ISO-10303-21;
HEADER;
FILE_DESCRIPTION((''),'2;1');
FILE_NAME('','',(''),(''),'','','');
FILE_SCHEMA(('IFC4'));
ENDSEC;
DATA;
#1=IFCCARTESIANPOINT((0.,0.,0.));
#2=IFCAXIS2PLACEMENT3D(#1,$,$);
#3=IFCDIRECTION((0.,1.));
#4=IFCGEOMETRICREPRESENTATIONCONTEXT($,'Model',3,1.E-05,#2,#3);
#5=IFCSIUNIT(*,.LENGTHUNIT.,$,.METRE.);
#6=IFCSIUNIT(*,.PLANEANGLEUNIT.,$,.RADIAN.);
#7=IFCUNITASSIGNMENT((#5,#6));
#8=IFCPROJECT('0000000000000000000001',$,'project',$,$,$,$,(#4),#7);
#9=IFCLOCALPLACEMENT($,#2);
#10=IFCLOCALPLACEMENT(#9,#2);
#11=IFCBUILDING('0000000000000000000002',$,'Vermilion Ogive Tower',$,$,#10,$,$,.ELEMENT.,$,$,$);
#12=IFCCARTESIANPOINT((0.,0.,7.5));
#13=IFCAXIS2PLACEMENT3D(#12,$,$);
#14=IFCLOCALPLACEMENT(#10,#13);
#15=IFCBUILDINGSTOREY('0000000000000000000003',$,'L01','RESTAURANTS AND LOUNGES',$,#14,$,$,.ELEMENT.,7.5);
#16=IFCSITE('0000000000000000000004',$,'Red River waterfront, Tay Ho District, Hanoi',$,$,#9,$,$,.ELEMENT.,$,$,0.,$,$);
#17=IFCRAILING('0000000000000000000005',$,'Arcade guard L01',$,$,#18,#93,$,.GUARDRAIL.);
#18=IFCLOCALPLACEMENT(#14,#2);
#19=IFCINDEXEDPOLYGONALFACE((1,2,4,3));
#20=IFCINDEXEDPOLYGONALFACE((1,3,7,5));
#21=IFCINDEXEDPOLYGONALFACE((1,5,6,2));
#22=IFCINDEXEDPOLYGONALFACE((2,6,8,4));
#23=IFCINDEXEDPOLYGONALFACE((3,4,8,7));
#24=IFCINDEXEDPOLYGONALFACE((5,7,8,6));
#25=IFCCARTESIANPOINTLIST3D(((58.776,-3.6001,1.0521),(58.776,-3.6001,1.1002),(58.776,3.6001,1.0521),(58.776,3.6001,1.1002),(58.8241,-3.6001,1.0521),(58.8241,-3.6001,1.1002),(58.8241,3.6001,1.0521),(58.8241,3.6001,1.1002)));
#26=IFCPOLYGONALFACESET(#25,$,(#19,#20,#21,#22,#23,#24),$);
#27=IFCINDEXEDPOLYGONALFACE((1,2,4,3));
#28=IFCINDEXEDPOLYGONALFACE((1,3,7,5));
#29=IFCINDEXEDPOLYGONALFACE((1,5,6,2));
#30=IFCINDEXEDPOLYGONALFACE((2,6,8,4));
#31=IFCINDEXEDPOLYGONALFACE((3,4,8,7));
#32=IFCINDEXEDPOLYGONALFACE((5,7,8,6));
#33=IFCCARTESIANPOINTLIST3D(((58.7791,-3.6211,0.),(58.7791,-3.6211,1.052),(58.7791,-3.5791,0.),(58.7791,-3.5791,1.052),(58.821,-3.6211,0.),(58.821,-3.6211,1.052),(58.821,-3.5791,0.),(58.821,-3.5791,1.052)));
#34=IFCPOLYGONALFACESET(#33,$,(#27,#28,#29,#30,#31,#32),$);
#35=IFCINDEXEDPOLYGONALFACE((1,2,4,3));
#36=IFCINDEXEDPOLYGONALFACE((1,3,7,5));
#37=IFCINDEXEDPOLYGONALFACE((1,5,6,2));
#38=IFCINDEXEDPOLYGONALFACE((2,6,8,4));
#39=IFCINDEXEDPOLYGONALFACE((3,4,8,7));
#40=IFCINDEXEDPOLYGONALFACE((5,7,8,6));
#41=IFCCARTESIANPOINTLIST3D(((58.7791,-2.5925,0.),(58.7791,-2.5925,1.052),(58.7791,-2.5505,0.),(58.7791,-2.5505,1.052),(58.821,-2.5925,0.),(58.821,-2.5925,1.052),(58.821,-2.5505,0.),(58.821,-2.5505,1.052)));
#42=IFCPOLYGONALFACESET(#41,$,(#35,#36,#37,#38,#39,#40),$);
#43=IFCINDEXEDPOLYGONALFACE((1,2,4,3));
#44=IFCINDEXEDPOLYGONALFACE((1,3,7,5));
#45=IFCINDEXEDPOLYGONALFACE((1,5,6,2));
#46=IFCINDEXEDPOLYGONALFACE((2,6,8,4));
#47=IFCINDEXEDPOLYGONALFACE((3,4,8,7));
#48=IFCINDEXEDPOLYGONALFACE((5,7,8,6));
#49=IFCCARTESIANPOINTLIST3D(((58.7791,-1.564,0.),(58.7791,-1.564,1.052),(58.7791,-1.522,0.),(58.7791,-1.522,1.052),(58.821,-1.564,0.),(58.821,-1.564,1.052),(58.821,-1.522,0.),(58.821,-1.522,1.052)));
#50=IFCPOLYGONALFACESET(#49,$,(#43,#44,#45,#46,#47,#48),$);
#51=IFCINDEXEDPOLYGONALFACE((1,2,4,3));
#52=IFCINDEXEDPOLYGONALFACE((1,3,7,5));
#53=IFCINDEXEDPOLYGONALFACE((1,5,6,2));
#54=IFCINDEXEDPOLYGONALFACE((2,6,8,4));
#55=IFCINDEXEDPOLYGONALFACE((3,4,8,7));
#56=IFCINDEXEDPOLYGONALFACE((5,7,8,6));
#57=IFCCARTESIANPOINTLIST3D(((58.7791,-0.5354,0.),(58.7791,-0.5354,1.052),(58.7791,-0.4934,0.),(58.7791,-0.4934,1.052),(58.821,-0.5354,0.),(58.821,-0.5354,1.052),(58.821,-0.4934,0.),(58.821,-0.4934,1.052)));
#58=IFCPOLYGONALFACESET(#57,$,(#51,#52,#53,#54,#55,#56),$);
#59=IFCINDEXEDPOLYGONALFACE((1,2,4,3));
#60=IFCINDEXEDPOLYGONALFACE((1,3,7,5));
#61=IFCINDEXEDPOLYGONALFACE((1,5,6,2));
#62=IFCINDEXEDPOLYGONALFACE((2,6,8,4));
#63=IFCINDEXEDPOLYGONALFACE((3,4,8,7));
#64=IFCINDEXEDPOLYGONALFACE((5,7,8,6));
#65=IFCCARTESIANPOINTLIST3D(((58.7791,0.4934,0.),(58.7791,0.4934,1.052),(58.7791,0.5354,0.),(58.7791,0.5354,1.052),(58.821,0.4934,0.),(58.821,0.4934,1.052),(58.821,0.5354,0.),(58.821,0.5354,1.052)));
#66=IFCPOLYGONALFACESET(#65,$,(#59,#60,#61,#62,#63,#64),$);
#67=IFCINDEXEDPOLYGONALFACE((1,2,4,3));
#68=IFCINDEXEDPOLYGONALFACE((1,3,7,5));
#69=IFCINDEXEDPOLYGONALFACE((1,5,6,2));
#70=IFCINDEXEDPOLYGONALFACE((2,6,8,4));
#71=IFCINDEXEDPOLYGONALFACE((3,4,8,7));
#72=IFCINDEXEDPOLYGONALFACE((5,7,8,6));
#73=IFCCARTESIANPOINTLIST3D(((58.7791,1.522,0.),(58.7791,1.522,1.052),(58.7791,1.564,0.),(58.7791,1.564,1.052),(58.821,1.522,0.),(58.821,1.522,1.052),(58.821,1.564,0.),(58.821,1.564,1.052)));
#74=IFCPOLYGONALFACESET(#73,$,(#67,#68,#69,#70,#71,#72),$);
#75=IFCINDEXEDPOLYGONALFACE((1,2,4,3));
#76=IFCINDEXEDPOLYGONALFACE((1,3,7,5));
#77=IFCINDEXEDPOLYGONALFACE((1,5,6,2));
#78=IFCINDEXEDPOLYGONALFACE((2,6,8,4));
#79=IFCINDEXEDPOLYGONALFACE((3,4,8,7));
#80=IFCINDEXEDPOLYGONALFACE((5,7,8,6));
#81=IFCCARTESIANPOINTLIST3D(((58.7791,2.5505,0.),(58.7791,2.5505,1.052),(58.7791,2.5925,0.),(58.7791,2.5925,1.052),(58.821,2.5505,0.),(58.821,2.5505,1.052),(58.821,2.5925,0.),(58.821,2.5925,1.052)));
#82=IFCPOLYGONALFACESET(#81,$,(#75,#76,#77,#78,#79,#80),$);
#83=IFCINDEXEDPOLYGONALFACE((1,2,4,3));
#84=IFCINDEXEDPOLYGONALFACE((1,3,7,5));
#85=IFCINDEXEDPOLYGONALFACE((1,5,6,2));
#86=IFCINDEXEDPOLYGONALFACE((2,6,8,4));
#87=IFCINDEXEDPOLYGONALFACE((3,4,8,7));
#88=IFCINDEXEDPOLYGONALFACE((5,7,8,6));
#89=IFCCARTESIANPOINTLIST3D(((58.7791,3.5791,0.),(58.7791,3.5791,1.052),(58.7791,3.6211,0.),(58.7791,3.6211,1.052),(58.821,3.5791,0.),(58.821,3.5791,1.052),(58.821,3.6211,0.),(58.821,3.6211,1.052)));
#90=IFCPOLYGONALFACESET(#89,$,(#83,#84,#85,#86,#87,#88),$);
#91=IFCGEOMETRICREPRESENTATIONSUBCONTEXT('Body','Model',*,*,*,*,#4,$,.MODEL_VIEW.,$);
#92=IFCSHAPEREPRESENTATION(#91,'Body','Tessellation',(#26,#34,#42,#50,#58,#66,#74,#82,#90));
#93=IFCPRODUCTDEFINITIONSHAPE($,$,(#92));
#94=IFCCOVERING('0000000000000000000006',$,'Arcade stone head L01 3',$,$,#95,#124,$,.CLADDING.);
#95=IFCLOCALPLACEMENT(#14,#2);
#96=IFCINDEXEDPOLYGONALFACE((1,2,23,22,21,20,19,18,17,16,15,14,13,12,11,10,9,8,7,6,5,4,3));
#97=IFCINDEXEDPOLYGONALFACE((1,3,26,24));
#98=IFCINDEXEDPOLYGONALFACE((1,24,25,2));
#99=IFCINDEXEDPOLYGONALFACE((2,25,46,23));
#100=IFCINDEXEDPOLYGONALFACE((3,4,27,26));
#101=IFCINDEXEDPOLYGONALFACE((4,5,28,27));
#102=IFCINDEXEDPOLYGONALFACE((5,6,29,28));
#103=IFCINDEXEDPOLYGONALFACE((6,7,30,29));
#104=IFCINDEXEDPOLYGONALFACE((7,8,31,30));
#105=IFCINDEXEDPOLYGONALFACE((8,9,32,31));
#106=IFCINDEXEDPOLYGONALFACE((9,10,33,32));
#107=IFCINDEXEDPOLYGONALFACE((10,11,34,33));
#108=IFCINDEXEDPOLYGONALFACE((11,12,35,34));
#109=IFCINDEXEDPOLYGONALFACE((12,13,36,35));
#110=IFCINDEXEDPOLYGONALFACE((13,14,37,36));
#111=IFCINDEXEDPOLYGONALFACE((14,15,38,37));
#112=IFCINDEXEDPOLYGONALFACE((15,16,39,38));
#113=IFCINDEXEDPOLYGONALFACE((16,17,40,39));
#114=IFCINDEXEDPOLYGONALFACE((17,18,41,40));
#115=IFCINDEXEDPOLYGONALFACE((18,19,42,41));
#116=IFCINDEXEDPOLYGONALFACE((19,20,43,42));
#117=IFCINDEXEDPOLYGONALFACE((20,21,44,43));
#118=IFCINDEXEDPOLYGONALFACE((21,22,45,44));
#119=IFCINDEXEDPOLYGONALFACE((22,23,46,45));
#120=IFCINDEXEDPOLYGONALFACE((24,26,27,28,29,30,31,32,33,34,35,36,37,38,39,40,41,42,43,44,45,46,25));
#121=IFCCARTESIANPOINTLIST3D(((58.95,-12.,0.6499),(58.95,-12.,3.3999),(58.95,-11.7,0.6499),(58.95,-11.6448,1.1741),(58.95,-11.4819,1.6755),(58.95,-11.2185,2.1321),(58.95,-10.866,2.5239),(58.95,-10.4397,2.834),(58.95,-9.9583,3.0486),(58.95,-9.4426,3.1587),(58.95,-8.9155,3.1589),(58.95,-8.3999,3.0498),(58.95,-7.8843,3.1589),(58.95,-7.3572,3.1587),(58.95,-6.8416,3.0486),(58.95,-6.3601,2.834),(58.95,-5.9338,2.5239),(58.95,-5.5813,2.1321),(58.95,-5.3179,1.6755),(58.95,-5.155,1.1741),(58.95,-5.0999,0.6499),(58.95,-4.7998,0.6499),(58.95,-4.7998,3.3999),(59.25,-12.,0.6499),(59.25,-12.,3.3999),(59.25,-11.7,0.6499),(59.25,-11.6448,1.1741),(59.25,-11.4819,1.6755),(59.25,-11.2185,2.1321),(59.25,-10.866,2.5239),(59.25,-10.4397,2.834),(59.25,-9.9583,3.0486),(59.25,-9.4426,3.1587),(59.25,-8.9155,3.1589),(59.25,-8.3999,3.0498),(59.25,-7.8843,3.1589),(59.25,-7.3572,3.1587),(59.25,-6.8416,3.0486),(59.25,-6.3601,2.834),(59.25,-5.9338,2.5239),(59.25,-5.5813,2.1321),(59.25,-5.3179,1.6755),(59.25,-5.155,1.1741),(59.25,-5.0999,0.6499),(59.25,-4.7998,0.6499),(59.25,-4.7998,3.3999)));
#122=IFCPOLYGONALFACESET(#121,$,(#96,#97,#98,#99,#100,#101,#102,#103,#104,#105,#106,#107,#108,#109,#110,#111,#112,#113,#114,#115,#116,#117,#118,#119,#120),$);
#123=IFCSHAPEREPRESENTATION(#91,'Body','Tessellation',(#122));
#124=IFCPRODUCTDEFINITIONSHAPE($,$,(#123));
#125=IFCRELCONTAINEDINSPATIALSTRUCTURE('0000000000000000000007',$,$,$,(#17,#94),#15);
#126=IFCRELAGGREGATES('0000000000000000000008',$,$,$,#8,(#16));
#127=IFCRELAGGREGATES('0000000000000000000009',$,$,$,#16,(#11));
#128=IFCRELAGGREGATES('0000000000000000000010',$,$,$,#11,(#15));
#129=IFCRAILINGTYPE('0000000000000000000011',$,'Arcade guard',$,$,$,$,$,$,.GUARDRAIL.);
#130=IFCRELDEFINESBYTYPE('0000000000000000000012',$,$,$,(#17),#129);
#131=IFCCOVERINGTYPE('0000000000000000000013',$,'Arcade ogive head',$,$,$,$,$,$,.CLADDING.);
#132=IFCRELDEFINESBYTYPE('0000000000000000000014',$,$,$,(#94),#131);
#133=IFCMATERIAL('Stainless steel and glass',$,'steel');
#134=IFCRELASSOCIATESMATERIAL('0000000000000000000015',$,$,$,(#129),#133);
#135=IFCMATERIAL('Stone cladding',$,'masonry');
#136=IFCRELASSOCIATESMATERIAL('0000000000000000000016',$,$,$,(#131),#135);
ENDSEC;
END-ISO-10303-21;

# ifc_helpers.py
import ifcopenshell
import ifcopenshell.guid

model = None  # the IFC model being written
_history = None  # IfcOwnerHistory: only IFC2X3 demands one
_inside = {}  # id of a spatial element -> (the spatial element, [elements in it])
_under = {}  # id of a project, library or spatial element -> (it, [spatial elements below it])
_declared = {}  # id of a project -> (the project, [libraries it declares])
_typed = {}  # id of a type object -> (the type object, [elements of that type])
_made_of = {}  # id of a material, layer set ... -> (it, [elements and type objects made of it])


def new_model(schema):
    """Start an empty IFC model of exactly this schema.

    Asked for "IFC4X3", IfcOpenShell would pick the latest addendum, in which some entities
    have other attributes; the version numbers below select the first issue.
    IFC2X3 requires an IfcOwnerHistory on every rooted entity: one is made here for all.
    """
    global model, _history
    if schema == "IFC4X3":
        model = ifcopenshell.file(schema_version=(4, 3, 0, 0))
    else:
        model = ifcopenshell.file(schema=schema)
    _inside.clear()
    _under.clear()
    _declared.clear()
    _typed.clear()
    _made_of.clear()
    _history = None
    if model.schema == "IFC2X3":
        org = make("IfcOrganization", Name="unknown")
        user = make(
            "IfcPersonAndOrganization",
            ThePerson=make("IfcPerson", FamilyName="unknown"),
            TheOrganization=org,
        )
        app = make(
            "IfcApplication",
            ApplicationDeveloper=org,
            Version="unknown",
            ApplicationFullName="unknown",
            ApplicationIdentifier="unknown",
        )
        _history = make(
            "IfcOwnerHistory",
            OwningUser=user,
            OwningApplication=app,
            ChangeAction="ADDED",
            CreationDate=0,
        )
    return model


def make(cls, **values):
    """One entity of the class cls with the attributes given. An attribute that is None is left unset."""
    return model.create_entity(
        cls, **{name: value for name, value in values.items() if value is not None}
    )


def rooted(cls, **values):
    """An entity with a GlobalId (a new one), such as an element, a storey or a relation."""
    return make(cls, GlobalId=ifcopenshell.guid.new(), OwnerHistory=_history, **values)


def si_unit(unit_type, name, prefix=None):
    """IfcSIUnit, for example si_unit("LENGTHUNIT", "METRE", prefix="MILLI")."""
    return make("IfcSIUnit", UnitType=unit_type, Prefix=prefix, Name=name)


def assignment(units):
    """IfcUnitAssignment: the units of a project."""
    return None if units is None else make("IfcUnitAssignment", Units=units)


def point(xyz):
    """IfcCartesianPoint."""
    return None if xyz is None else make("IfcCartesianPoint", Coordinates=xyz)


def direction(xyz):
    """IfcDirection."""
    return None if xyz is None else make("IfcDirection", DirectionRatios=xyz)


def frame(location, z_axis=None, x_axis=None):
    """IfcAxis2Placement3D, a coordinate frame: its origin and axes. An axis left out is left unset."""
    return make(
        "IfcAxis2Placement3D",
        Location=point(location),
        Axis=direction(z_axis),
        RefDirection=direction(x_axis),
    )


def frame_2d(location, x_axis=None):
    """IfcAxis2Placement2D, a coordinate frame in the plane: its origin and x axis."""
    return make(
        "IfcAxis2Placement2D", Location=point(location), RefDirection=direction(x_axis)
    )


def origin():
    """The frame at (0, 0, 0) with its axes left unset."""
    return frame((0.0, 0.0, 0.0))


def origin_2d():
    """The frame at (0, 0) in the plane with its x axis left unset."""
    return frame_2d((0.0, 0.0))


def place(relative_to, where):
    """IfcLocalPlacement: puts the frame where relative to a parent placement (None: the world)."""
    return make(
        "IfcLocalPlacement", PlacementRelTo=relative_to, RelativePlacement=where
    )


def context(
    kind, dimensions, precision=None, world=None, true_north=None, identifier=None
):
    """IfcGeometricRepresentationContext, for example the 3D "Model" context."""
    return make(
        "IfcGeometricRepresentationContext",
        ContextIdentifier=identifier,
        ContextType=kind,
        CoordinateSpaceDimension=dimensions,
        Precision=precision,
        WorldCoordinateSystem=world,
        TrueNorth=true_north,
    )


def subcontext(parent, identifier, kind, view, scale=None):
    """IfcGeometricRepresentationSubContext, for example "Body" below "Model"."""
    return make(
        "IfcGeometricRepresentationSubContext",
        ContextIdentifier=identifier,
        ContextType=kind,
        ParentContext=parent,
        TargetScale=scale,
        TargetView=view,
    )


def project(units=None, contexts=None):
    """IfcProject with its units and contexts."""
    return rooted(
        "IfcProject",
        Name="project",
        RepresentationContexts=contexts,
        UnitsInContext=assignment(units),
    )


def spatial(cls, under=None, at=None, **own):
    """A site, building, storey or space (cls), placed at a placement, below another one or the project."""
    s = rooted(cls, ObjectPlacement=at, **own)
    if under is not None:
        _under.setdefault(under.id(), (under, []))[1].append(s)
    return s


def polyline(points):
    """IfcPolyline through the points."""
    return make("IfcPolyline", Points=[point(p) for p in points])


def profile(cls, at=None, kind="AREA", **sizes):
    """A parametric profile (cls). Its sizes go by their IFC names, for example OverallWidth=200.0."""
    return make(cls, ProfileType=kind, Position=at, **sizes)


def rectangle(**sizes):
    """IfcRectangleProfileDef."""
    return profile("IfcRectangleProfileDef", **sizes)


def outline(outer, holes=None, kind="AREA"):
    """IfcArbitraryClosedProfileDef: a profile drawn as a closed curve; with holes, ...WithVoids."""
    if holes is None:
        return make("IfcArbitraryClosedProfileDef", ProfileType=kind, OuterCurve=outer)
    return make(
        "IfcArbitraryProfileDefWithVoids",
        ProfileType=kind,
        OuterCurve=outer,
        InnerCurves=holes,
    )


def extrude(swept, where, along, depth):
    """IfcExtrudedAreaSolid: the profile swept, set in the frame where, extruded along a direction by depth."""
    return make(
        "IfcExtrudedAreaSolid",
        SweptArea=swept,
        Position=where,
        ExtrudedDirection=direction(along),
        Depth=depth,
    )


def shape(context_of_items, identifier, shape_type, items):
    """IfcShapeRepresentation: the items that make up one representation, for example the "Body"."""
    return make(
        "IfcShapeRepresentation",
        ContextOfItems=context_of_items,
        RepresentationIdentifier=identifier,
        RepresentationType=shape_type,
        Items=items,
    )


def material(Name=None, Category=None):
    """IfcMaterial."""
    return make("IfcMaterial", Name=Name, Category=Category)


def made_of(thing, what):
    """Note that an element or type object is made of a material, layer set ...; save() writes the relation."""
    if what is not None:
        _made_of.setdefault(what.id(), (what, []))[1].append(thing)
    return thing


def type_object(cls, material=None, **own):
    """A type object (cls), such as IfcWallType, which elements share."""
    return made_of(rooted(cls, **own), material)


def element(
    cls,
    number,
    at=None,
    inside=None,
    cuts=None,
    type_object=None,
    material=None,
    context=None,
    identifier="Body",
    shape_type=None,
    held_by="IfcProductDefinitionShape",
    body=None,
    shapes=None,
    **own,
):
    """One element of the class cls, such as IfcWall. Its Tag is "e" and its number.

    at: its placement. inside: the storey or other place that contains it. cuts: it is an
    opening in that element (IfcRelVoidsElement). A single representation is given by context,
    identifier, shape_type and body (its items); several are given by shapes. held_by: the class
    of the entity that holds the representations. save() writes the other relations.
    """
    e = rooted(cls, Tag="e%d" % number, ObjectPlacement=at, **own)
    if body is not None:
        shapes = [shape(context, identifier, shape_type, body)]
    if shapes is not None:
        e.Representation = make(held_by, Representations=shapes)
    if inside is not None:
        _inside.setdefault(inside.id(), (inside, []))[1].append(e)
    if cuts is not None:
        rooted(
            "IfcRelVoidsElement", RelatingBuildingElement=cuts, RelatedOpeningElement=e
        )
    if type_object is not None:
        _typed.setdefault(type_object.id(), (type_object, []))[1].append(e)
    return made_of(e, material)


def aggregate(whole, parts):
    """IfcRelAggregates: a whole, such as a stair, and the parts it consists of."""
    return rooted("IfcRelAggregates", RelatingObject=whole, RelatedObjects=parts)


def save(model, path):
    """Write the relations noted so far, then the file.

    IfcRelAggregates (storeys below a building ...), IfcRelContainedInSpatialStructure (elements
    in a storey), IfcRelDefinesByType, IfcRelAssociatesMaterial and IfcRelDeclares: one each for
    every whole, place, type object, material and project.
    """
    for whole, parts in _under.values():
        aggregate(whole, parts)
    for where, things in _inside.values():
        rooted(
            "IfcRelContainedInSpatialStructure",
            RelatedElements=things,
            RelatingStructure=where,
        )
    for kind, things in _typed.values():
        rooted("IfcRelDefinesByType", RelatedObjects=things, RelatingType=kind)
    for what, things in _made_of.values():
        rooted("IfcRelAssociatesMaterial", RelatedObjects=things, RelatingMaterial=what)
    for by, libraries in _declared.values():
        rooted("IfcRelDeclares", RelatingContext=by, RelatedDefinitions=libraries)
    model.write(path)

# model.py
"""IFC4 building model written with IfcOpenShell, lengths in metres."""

from ifc_helpers import new_model, si_unit, direction, frame, origin, origin_2d, place, context, subcontext, project, spatial, polyline, rectangle, outline, extrude, material, type_object, element, save


model = new_model("IFC4")

# Units and contexts
model_context = context("Model", 3, precision=1e-05, world=origin(), true_north=direction((0.0, 1.0)))
body_context = subcontext(model_context, "Body", "Model", "MODEL_VIEW")
ifc_project = project(units=[si_unit("LENGTHUNIT", "METRE"), si_unit("PLANEANGLEUNIT", "RADIAN")], contexts=[model_context])

# Site, building, storey
site_placement = place(None, origin())
site = spatial("IfcSite", under=ifc_project, at=site_placement, Name="Red River waterfront, Tay Ho District, Hanoi", CompositionType="ELEMENT", RefElevation=0.0)
building_placement = place(site_placement, origin())
building = spatial("IfcBuilding", under=site, at=building_placement, Name="Vermilion Ogive Tower", CompositionType="ELEMENT")
storey_placement = place(building_placement, frame((0.0, 0.0, 7.5)))
storey = spatial("IfcBuildingStorey", under=building, at=storey_placement, Name="L01", Description="RESTAURANTS AND LOUNGES", CompositionType="ELEMENT", Elevation=7.5)

# Railing
ifc_material_1 = material(Name="Stainless steel and glass", Category="steel")
railing_type = type_object("IfcRailingType", Name="Arcade guard", PredefinedType="GUARDRAIL", material=ifc_material_1)
railing_placement = place(storey_placement, frame((58.8, -3.6001, 0.0)))
element("IfcRailing", 1, at=railing_placement, inside=storey, type_object=railing_type, Name="Arcade guard L01", PredefinedType="GUARDRAIL", context=body_context, shape_type="SweptSolid", body=[
    extrude(rectangle(XDim=0.0481, YDim=0.0481, at=origin_2d()), frame((0.0, 0.0, 1.0762), z_axis=(0.0, 1.0, 0.0), x_axis=(-1.0, 0.0, 0.0)), (0.0, 0.0, 1.0), 7.2002),
    extrude(rectangle(XDim=0.042, YDim=0.042, at=origin_2d()), origin(), (0.0, 0.0, 1.0), 1.052),
    extrude(rectangle(XDim=0.042, YDim=0.042, at=origin_2d()), frame((0.0, 1.0286, 0.0)), (0.0, 0.0, 1.0), 1.052),
    extrude(rectangle(XDim=0.042, YDim=0.042, at=origin_2d()), frame((0.0, 2.0571, 0.0)), (0.0, 0.0, 1.0), 1.052),
    extrude(rectangle(XDim=0.042, YDim=0.042, at=origin_2d()), frame((0.0, 3.0857, 0.0)), (0.0, 0.0, 1.0), 1.052),
    extrude(rectangle(XDim=0.042, YDim=0.042, at=origin_2d()), frame((0.0, 4.1145, 0.0)), (0.0, 0.0, 1.0), 1.052),
    extrude(rectangle(XDim=0.042, YDim=0.042, at=origin_2d()), frame((0.0, 5.1431, 0.0)), (0.0, 0.0, 1.0), 1.052),
    extrude(rectangle(XDim=0.042, YDim=0.042, at=origin_2d()), frame((0.0, 6.1716, 0.0)), (0.0, 0.0, 1.0), 1.052),
    extrude(rectangle(XDim=0.042, YDim=0.042, at=origin_2d()), frame((0.0, 7.2002, 0.0)), (0.0, 0.0, 1.0), 1.052),
])

# Covering
ifc_material_2 = material(Name="Stone cladding", Category="masonry")
covering_type = type_object("IfcCoveringType", Name="Arcade ogive head", PredefinedType="CLADDING", material=ifc_material_2)
covering_placement = place(storey_placement, frame((58.95, -8.3999, 3.3999), z_axis=(1.0, 0.0, 0.0), x_axis=(0.0, 1.0, 0.0)))
element("IfcCovering", 2, at=covering_placement, inside=storey, type_object=covering_type, Name="Arcade stone head L01 3", PredefinedType="CLADDING", context=body_context, shape_type="SweptSolid", body=[
    extrude(outline(polyline([(-3.3, -2.75), (-3.2449, -2.2258), (-3.082, -1.7244), (-2.8186, -1.2678), (-2.4661, -0.876), (-2.0398, -0.5659), (-1.5583, -0.3513), (-1.0427, -0.2412), (-0.5156, -0.241), (0.0, -0.3501), (0.5156, -0.241), (1.0427, -0.2412), (1.5583, -0.3513), (2.0398, -0.5659), (2.4661, -0.876), (2.8186, -1.2678), (3.082, -1.7244), (3.2449, -2.2258), (3.3, -2.75), (3.6001, -2.75), (3.6001, 0.0), (-3.6001, 0.0), (-3.6001, -2.75), (-3.3, -2.75)])), origin(), (0.0, 0.0, 1.0), 0.3),
])

save(model, "model.ifc")
